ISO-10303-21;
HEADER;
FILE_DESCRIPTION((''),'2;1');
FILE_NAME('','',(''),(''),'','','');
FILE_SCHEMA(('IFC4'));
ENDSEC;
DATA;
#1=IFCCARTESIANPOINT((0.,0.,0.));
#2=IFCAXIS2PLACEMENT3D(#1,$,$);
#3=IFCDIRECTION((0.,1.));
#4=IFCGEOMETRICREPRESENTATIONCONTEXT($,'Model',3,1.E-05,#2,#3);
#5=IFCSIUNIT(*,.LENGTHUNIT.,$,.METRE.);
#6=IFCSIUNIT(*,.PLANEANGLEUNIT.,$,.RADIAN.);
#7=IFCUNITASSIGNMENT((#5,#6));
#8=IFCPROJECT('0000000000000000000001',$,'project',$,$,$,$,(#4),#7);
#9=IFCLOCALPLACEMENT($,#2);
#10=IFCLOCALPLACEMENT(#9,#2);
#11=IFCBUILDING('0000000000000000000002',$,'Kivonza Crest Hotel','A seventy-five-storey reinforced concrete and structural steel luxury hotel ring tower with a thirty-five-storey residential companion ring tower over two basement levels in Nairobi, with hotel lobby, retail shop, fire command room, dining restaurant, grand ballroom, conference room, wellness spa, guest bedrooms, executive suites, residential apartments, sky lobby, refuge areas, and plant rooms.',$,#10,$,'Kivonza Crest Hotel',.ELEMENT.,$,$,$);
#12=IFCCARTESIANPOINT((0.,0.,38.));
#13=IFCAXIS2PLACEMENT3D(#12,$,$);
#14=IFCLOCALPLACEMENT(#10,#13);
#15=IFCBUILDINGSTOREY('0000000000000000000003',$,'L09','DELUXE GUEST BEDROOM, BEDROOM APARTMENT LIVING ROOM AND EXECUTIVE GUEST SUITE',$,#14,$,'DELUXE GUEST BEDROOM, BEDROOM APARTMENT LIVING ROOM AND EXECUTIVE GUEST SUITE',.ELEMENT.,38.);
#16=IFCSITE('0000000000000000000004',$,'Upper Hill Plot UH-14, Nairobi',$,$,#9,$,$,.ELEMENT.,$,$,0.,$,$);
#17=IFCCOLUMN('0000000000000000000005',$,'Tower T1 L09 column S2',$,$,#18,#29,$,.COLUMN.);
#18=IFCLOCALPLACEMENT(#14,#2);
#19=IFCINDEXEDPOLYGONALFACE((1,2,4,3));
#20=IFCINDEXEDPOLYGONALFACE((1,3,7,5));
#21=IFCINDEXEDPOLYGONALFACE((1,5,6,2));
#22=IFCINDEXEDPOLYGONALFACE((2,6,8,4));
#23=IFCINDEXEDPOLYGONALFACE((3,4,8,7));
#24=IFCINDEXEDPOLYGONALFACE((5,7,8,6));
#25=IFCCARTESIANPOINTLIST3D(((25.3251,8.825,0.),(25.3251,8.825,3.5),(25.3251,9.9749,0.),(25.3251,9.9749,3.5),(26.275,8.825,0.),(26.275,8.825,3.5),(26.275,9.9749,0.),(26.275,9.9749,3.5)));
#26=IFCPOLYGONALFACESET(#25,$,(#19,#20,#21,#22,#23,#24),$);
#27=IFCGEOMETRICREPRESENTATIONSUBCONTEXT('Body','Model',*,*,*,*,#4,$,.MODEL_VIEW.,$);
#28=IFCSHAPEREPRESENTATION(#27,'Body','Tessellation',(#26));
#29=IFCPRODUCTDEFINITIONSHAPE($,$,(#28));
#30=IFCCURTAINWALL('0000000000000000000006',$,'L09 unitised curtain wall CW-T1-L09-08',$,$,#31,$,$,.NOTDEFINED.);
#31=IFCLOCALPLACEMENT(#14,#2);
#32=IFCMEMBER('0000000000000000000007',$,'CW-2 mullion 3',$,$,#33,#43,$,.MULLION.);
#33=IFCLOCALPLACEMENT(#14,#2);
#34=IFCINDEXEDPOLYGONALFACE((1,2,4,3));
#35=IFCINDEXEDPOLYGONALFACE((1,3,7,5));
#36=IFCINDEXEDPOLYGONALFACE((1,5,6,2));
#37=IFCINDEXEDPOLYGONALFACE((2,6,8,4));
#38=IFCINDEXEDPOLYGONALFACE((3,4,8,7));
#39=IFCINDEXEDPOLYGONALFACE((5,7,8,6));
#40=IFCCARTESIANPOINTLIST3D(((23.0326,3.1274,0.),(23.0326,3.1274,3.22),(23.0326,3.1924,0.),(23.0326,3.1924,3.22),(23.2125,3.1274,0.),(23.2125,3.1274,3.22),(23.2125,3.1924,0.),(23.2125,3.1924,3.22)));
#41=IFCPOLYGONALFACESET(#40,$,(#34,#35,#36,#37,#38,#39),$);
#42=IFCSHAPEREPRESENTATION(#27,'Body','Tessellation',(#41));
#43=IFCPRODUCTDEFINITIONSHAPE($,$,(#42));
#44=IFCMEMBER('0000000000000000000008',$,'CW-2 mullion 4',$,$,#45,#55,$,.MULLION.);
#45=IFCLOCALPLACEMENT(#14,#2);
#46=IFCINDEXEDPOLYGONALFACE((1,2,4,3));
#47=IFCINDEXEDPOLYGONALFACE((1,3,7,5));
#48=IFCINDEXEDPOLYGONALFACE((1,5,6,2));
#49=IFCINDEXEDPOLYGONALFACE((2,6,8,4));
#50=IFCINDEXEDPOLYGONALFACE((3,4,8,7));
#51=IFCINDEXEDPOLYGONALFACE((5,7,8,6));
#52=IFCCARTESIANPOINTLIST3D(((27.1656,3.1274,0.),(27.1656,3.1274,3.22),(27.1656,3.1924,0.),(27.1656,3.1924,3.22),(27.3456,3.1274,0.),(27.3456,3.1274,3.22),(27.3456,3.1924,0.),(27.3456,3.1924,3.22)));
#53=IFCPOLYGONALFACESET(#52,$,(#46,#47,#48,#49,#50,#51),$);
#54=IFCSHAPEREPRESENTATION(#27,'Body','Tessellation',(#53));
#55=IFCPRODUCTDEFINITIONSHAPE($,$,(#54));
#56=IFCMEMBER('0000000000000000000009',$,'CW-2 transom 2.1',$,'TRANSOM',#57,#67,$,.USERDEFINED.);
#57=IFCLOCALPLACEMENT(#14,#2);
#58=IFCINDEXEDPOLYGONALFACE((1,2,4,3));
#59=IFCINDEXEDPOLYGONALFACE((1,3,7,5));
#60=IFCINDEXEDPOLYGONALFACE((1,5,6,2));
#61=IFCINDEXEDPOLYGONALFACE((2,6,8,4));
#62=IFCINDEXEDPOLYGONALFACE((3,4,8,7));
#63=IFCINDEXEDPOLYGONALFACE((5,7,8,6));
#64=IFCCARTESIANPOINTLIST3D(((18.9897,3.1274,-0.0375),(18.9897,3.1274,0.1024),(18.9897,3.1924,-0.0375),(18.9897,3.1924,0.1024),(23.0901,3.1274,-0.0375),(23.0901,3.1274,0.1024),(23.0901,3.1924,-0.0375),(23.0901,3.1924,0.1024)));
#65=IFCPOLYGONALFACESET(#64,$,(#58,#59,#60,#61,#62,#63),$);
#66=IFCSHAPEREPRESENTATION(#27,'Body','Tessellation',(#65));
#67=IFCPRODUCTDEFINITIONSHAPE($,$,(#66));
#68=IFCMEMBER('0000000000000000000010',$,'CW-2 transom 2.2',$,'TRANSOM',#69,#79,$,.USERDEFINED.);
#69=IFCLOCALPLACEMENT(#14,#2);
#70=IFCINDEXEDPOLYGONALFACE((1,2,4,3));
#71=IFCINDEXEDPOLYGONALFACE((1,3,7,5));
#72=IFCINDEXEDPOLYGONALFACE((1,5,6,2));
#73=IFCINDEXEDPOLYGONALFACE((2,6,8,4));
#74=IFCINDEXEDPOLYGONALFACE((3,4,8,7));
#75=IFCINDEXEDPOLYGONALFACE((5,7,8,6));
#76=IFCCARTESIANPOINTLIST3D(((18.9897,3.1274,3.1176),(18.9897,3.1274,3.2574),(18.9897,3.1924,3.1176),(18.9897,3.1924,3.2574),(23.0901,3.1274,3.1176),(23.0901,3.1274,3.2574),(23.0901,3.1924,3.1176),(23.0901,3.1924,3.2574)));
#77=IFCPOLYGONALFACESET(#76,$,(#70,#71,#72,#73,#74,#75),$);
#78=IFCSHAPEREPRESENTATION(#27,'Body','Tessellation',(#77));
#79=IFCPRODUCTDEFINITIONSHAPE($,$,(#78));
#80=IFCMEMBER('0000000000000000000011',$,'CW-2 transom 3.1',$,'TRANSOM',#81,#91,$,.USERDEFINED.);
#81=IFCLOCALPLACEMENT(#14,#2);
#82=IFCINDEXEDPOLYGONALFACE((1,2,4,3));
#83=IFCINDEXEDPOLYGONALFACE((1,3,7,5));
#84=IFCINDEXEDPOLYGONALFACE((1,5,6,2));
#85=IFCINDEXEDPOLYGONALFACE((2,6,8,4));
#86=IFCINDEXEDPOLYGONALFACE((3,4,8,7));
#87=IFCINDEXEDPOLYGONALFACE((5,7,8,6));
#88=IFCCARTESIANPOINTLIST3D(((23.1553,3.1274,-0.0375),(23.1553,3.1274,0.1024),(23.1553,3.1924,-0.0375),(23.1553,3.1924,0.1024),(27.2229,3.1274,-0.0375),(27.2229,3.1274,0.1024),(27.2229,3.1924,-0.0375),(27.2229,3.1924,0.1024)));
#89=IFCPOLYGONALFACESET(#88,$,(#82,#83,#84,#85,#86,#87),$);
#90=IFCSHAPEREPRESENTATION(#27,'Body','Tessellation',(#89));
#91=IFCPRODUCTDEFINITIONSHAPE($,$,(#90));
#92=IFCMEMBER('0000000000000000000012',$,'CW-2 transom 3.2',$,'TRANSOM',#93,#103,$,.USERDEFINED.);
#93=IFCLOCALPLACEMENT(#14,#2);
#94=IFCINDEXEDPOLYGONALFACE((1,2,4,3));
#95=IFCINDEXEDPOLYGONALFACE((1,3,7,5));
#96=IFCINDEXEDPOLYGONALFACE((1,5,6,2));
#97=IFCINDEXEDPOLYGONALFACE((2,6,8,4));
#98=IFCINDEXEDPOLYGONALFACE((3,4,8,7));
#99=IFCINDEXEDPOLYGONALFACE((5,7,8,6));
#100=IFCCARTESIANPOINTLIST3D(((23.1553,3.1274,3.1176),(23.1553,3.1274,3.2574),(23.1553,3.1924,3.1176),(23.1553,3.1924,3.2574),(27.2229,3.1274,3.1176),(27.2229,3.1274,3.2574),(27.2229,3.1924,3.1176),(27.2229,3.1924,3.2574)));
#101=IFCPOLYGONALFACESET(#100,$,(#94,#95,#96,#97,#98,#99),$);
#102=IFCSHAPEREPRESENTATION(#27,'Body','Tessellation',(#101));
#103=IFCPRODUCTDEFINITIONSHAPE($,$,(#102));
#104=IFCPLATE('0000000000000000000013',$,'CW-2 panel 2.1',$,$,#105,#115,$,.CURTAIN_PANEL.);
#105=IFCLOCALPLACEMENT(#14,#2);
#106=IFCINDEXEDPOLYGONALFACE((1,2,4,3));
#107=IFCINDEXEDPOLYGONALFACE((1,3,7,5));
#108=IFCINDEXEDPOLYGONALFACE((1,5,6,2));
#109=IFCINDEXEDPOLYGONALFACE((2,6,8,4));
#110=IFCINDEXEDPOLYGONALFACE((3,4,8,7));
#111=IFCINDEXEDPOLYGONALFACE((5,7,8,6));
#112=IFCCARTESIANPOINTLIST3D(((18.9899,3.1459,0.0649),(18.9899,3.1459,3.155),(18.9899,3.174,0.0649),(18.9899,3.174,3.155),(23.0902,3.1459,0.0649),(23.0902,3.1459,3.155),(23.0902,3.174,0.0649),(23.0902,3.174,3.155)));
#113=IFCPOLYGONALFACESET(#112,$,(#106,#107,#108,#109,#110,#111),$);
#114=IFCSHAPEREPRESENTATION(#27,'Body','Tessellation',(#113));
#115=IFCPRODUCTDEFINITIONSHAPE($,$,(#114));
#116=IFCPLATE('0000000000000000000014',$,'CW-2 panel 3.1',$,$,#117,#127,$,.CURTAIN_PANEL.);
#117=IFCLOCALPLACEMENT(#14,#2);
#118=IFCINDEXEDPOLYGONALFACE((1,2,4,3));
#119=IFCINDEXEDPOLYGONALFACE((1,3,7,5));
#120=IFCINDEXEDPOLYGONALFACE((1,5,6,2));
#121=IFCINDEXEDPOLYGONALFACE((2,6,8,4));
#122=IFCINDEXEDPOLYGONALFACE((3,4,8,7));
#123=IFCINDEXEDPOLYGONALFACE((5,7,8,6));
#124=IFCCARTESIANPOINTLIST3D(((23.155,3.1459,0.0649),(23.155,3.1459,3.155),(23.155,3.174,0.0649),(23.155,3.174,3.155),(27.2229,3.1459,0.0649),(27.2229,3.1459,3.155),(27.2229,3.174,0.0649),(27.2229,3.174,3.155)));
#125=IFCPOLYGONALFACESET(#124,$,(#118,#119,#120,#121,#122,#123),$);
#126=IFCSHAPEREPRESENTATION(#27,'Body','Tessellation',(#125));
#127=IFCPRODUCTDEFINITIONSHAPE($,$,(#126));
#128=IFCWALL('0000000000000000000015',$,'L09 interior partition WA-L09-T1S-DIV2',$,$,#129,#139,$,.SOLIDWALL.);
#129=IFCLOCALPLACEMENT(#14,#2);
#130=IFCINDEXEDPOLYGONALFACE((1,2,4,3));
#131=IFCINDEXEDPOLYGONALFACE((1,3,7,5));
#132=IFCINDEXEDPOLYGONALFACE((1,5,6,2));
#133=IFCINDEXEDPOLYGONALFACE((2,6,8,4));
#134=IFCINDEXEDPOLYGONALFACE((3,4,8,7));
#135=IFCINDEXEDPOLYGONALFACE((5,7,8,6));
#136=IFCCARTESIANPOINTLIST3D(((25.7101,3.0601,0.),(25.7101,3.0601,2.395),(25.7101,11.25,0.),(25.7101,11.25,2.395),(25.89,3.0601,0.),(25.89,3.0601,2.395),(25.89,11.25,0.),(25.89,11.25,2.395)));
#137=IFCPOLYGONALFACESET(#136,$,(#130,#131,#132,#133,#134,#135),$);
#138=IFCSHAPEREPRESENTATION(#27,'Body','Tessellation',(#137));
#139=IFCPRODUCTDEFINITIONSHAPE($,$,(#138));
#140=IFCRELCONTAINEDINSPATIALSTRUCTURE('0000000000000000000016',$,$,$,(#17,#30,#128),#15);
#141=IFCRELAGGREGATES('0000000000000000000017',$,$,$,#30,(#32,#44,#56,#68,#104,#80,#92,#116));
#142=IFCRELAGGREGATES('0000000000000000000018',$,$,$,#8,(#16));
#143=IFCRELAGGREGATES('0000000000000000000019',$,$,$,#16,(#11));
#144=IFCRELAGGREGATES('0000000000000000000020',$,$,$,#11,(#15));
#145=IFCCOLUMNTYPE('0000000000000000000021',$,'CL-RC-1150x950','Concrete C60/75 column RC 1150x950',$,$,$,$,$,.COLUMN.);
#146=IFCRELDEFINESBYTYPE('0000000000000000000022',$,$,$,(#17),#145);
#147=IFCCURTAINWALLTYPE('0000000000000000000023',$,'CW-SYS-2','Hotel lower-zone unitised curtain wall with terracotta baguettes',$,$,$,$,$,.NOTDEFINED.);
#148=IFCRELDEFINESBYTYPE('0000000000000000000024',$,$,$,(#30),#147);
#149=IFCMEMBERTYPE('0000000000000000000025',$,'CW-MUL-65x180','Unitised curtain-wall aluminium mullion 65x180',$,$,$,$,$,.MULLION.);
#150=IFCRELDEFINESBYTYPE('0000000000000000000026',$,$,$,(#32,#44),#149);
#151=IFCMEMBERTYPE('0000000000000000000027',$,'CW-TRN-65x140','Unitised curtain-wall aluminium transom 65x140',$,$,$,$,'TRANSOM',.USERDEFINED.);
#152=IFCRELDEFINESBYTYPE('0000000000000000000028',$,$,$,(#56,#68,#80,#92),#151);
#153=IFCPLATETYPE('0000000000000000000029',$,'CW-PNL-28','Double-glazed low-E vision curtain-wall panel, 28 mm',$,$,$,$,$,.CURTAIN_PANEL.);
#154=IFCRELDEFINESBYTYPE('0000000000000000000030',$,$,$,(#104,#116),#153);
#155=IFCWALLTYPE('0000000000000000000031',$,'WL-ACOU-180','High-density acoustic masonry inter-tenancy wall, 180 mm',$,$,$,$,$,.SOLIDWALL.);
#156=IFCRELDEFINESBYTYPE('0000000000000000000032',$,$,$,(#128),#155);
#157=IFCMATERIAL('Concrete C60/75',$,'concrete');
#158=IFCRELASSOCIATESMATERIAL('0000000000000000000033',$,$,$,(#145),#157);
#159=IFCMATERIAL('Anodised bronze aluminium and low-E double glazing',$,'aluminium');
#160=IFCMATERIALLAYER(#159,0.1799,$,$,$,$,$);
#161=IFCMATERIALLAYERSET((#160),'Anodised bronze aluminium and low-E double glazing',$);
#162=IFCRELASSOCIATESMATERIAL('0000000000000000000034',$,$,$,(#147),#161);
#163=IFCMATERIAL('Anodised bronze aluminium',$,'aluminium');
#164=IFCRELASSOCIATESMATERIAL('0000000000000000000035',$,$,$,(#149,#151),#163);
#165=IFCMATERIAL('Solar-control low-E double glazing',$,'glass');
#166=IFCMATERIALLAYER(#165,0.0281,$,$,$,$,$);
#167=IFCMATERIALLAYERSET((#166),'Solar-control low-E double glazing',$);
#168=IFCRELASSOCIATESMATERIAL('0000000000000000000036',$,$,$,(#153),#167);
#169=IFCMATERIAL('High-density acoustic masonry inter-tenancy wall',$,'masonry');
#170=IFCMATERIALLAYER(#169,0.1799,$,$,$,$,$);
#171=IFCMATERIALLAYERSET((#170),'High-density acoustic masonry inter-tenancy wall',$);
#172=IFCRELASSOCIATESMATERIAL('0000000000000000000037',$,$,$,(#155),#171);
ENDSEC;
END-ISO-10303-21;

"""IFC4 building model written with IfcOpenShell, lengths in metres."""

from ifc_helpers import new_model, si_unit, direction, frame, frame_2d, origin, origin_2d, place, context, subcontext, project, spatial, rectangle, extrude, material, layer, layer_set, material_profile, profile_set, type_object, element, aggregate, save


model = new_model("IFC4")

# Units and contexts
model_context = context("Model", 3, precision=1e-05, world=origin(), true_north=direction((0.0, 1.0)))
body_context = subcontext(model_context, "Body", "Model", "MODEL_VIEW")
ifc_project = project(units=[si_unit("LENGTHUNIT", "METRE"), si_unit("PLANEANGLEUNIT", "RADIAN")], contexts=[model_context])

# Site, building, storey
site_placement = place(None, origin())
site = spatial("IfcSite", under=ifc_project, at=site_placement, Name="Upper Hill Plot UH-14, Nairobi", CompositionType="ELEMENT", RefElevation=0.0)
building_placement = place(site_placement, origin())
building = spatial("IfcBuilding", under=site, at=building_placement, Name="Kivonza Crest Hotel", Description="A seventy-five-storey reinforced concrete and structural steel luxury hotel ring tower with a thirty-five-storey residential companion ring tower over two basement levels in Nairobi, with hotel lobby, retail shop, fire command room, dining restaurant, grand ballroom, conference room, wellness spa, guest bedrooms, executive suites, residential apartments, sky lobby, refuge areas, and plant rooms.", LongName="Kivonza Crest Hotel", CompositionType="ELEMENT")
storey_placement = place(building_placement, frame((0.0, 0.0, 38.0)))
storey = spatial("IfcBuildingStorey", under=building, at=storey_placement, Name="L09", Description="DELUXE GUEST BEDROOM, BEDROOM APARTMENT LIVING ROOM AND EXECUTIVE GUEST SUITE", LongName="DELUXE GUEST BEDROOM, BEDROOM APARTMENT LIVING ROOM AND EXECUTIVE GUEST SUITE", CompositionType="ELEMENT", Elevation=38.0)

# Column
ifc_material_1 = material(Name="Concrete C60/75", Category="concrete")
ifc_material_profile_1 = material_profile(ifc_material_1, rectangle(XDim=0.95, YDim=1.1499, at=origin_2d()), Name="RC 1150x950")
ifc_profile_set_1 = profile_set([ifc_material_profile_1], Name="Concrete C60/75")
column_type = type_object("IfcColumnType", Name="CL-RC-1150x950", Description="Concrete C60/75 column RC 1150x950", PredefinedType="COLUMN", material=ifc_profile_set_1)
column_placement = place(storey_placement, frame((25.8, 9.3999, 0.0), z_axis=(0.0, 0.0, 1.0), x_axis=(1.0, 0.0, 0.0)))
element("IfcColumn", 1, at=column_placement, inside=storey, type_object=column_type, Name="Tower T1 L09 column S2", PredefinedType="COLUMN", context=body_context, shape_type="SweptSolid", body=[
    extrude(rectangle(XDim=0.95, YDim=1.1499, at=origin_2d()), origin(), (0.0, 0.0, 1.0), 3.5),
])

# Curtain wall, members, plates
ifc_material_2 = material(Name="Anodised bronze aluminium and low-E double glazing", Category="aluminium")
ifc_layer_1 = layer(ifc_material_2, 0.1799)
ifc_layer_set_1 = layer_set([ifc_layer_1], Name="Anodised bronze aluminium and low-E double glazing")
curtain_wall_type = type_object("IfcCurtainWallType", Name="CW-SYS-2", Description="Hotel lower-zone unitised curtain wall with terracotta baguettes", PredefinedType="NOTDEFINED", material=ifc_layer_set_1)
curtain_wall_placement = place(storey_placement, origin())
curtain_wall = element("IfcCurtainWall", 2, at=curtain_wall_placement, inside=storey, type_object=curtain_wall_type, Name="L09 unitised curtain wall CW-T1-L09-08", PredefinedType="NOTDEFINED")
ifc_material_3 = material(Name="Anodised bronze aluminium", Category="aluminium")
ifc_material_profile_2 = material_profile(ifc_material_3, rectangle(XDim=0.0649, YDim=0.1799, at=origin_2d()), Name="CW-M 65x180")
ifc_profile_set_2 = profile_set([ifc_material_profile_2], Name="Anodised bronze aluminium")
member_type_1 = type_object("IfcMemberType", Name="CW-MUL-65x180", Description="Unitised curtain-wall aluminium mullion 65x180", PredefinedType="MULLION", material=ifc_profile_set_2)
member_1_placement = place(storey_placement, frame((23.1226, 3.1599, 0.0), z_axis=(0.0, 0.0, 1.0), x_axis=(0.0, 1.0, 0.0)))
member_1 = element("IfcMember", 3, at=member_1_placement, type_object=member_type_1, Name="CW-2 mullion 3", PredefinedType="MULLION", context=body_context, shape_type="SweptSolid", body=[
    extrude(rectangle(XDim=0.0649, YDim=0.1799, at=origin_2d()), origin(), (0.0, 0.0, 1.0), 3.22),
])
member_2_placement = place(storey_placement, frame((27.2556, 3.1599, 0.0), z_axis=(0.0, 0.0, 1.0), x_axis=(0.0, 1.0, 0.0)))
member_2 = element("IfcMember", 4, at=member_2_placement, type_object=member_type_1, Name="CW-2 mullion 4", PredefinedType="MULLION", context=body_context, shape_type="SweptSolid", body=[
    extrude(rectangle(XDim=0.0649, YDim=0.1799, at=origin_2d()), origin(), (0.0, 0.0, 1.0), 3.22),
])
ifc_material_profile_3 = material_profile(ifc_material_3, rectangle(XDim=0.0649, YDim=0.1399, at=origin_2d()), Name="CW-T 65x140")
ifc_profile_set_3 = profile_set([ifc_material_profile_3], Name="Anodised bronze aluminium")
member_type_2 = type_object("IfcMemberType", Name="CW-TRN-65x140", Description="Unitised curtain-wall aluminium transom 65x140", ElementType="TRANSOM", PredefinedType="USERDEFINED", material=ifc_profile_set_3)
member_3_placement = place(storey_placement, frame((18.9897, 3.1599, 0.0325), z_axis=(1.0, 0.0, 0.0), x_axis=(0.0, 1.0, 0.0)))
member_3 = element("IfcMember", 5, at=member_3_placement, type_object=member_type_2, Name="CW-2 transom 2.1", ObjectType="TRANSOM", PredefinedType="USERDEFINED", context=body_context, shape_type="SweptSolid", body=[
    extrude(rectangle(XDim=0.0649, YDim=0.1399, at=origin_2d()), origin(), (0.0, 0.0, 1.0), 4.1003),
])
member_4_placement = place(storey_placement, frame((18.9897, 3.1599, 3.1875), z_axis=(1.0, 0.0, 0.0), x_axis=(0.0, 1.0, 0.0)))
member_4 = element("IfcMember", 6, at=member_4_placement, type_object=member_type_2, Name="CW-2 transom 2.2", ObjectType="TRANSOM", PredefinedType="USERDEFINED", context=body_context, shape_type="SweptSolid", body=[
    extrude(rectangle(XDim=0.0649, YDim=0.1399, at=origin_2d()), origin(), (0.0, 0.0, 1.0), 4.1003),
])
member_5_placement = place(storey_placement, frame((23.1553, 3.1599, 0.0325), z_axis=(1.0, 0.0, 0.0), x_axis=(0.0, 1.0, 0.0)))
member_5 = element("IfcMember", 7, at=member_5_placement, type_object=member_type_2, Name="CW-2 transom 3.1", ObjectType="TRANSOM", PredefinedType="USERDEFINED", context=body_context, shape_type="SweptSolid", body=[
    extrude(rectangle(XDim=0.0649, YDim=0.1399, at=origin_2d()), origin(), (0.0, 0.0, 1.0), 4.0676),
])
member_6_placement = place(storey_placement, frame((23.1553, 3.1599, 3.1875), z_axis=(1.0, 0.0, 0.0), x_axis=(0.0, 1.0, 0.0)))
member_6 = element("IfcMember", 8, at=member_6_placement, type_object=member_type_2, Name="CW-2 transom 3.2", ObjectType="TRANSOM", PredefinedType="USERDEFINED", context=body_context, shape_type="SweptSolid", body=[
    extrude(rectangle(XDim=0.0649, YDim=0.1399, at=origin_2d()), origin(), (0.0, 0.0, 1.0), 4.0676),
])
ifc_material_4 = material(Name="Solar-control low-E double glazing", Category="glass")
ifc_layer_2 = layer(ifc_material_4, 0.0281)
ifc_layer_set_2 = layer_set([ifc_layer_2], Name="Solar-control low-E double glazing")
plate_type = type_object("IfcPlateType", Name="CW-PNL-28", Description="Double-glazed low-E vision curtain-wall panel, 28 mm", PredefinedType="CURTAIN_PANEL", material=ifc_layer_set_2)
plate_1_placement = place(storey_placement, frame((21.04, 3.1599, 0.0649), z_axis=(0.0, 0.0, 1.0), x_axis=(1.0, 0.0, 0.0)))
plate_1 = element("IfcPlate", 9, at=plate_1_placement, type_object=plate_type, Name="CW-2 panel 2.1", PredefinedType="CURTAIN_PANEL", context=body_context, shape_type="SweptSolid", body=[
    extrude(rectangle(XDim=4.1003, YDim=0.0281, at=origin_2d()), origin(), (0.0, 0.0, 1.0), 3.0901),
])
plate_2_placement = place(storey_placement, frame((25.189, 3.1599, 0.0649), z_axis=(0.0, 0.0, 1.0), x_axis=(1.0, 0.0, 0.0)))
plate_2 = element("IfcPlate", 10, at=plate_2_placement, type_object=plate_type, Name="CW-2 panel 3.1", PredefinedType="CURTAIN_PANEL", context=body_context, shape_type="SweptSolid", body=[
    extrude(rectangle(XDim=4.0679, YDim=0.0281, at=origin_2d()), origin(), (0.0, 0.0, 1.0), 3.0901),
])
aggregate(curtain_wall, [member_1, member_2, member_3, member_4, plate_1, member_5, member_6, plate_2])

# Wall
ifc_material_5 = material(Name="High-density acoustic masonry inter-tenancy wall", Category="masonry")
ifc_layer_3 = layer(ifc_material_5, 0.1799)
ifc_layer_set_3 = layer_set([ifc_layer_3], Name="High-density acoustic masonry inter-tenancy wall")
wall_type_1 = type_object("IfcWallType", Name="WL-ACOU-180", Description="High-density acoustic masonry inter-tenancy wall, 180 mm", PredefinedType="SOLIDWALL", material=ifc_layer_set_3)
wall_1_placement = place(storey_placement, frame((25.8, 3.0601, 0.0), z_axis=(0.0, 0.0, 1.0), x_axis=(0.0, 1.0, 0.0)))
element("IfcWall", 11, at=wall_1_placement, inside=storey, type_object=wall_type_1, Name="L09 interior partition WA-L09-T1S-DIV2", PredefinedType="SOLIDWALL", context=body_context, shape_type="SweptSolid", body=[
    extrude(rectangle(XDim=8.1899, YDim=0.1799, at=frame_2d((4.095, 0.0))), origin(), (0.0, 0.0, 1.0), 2.395),
])

save(model, "model.ifc")
